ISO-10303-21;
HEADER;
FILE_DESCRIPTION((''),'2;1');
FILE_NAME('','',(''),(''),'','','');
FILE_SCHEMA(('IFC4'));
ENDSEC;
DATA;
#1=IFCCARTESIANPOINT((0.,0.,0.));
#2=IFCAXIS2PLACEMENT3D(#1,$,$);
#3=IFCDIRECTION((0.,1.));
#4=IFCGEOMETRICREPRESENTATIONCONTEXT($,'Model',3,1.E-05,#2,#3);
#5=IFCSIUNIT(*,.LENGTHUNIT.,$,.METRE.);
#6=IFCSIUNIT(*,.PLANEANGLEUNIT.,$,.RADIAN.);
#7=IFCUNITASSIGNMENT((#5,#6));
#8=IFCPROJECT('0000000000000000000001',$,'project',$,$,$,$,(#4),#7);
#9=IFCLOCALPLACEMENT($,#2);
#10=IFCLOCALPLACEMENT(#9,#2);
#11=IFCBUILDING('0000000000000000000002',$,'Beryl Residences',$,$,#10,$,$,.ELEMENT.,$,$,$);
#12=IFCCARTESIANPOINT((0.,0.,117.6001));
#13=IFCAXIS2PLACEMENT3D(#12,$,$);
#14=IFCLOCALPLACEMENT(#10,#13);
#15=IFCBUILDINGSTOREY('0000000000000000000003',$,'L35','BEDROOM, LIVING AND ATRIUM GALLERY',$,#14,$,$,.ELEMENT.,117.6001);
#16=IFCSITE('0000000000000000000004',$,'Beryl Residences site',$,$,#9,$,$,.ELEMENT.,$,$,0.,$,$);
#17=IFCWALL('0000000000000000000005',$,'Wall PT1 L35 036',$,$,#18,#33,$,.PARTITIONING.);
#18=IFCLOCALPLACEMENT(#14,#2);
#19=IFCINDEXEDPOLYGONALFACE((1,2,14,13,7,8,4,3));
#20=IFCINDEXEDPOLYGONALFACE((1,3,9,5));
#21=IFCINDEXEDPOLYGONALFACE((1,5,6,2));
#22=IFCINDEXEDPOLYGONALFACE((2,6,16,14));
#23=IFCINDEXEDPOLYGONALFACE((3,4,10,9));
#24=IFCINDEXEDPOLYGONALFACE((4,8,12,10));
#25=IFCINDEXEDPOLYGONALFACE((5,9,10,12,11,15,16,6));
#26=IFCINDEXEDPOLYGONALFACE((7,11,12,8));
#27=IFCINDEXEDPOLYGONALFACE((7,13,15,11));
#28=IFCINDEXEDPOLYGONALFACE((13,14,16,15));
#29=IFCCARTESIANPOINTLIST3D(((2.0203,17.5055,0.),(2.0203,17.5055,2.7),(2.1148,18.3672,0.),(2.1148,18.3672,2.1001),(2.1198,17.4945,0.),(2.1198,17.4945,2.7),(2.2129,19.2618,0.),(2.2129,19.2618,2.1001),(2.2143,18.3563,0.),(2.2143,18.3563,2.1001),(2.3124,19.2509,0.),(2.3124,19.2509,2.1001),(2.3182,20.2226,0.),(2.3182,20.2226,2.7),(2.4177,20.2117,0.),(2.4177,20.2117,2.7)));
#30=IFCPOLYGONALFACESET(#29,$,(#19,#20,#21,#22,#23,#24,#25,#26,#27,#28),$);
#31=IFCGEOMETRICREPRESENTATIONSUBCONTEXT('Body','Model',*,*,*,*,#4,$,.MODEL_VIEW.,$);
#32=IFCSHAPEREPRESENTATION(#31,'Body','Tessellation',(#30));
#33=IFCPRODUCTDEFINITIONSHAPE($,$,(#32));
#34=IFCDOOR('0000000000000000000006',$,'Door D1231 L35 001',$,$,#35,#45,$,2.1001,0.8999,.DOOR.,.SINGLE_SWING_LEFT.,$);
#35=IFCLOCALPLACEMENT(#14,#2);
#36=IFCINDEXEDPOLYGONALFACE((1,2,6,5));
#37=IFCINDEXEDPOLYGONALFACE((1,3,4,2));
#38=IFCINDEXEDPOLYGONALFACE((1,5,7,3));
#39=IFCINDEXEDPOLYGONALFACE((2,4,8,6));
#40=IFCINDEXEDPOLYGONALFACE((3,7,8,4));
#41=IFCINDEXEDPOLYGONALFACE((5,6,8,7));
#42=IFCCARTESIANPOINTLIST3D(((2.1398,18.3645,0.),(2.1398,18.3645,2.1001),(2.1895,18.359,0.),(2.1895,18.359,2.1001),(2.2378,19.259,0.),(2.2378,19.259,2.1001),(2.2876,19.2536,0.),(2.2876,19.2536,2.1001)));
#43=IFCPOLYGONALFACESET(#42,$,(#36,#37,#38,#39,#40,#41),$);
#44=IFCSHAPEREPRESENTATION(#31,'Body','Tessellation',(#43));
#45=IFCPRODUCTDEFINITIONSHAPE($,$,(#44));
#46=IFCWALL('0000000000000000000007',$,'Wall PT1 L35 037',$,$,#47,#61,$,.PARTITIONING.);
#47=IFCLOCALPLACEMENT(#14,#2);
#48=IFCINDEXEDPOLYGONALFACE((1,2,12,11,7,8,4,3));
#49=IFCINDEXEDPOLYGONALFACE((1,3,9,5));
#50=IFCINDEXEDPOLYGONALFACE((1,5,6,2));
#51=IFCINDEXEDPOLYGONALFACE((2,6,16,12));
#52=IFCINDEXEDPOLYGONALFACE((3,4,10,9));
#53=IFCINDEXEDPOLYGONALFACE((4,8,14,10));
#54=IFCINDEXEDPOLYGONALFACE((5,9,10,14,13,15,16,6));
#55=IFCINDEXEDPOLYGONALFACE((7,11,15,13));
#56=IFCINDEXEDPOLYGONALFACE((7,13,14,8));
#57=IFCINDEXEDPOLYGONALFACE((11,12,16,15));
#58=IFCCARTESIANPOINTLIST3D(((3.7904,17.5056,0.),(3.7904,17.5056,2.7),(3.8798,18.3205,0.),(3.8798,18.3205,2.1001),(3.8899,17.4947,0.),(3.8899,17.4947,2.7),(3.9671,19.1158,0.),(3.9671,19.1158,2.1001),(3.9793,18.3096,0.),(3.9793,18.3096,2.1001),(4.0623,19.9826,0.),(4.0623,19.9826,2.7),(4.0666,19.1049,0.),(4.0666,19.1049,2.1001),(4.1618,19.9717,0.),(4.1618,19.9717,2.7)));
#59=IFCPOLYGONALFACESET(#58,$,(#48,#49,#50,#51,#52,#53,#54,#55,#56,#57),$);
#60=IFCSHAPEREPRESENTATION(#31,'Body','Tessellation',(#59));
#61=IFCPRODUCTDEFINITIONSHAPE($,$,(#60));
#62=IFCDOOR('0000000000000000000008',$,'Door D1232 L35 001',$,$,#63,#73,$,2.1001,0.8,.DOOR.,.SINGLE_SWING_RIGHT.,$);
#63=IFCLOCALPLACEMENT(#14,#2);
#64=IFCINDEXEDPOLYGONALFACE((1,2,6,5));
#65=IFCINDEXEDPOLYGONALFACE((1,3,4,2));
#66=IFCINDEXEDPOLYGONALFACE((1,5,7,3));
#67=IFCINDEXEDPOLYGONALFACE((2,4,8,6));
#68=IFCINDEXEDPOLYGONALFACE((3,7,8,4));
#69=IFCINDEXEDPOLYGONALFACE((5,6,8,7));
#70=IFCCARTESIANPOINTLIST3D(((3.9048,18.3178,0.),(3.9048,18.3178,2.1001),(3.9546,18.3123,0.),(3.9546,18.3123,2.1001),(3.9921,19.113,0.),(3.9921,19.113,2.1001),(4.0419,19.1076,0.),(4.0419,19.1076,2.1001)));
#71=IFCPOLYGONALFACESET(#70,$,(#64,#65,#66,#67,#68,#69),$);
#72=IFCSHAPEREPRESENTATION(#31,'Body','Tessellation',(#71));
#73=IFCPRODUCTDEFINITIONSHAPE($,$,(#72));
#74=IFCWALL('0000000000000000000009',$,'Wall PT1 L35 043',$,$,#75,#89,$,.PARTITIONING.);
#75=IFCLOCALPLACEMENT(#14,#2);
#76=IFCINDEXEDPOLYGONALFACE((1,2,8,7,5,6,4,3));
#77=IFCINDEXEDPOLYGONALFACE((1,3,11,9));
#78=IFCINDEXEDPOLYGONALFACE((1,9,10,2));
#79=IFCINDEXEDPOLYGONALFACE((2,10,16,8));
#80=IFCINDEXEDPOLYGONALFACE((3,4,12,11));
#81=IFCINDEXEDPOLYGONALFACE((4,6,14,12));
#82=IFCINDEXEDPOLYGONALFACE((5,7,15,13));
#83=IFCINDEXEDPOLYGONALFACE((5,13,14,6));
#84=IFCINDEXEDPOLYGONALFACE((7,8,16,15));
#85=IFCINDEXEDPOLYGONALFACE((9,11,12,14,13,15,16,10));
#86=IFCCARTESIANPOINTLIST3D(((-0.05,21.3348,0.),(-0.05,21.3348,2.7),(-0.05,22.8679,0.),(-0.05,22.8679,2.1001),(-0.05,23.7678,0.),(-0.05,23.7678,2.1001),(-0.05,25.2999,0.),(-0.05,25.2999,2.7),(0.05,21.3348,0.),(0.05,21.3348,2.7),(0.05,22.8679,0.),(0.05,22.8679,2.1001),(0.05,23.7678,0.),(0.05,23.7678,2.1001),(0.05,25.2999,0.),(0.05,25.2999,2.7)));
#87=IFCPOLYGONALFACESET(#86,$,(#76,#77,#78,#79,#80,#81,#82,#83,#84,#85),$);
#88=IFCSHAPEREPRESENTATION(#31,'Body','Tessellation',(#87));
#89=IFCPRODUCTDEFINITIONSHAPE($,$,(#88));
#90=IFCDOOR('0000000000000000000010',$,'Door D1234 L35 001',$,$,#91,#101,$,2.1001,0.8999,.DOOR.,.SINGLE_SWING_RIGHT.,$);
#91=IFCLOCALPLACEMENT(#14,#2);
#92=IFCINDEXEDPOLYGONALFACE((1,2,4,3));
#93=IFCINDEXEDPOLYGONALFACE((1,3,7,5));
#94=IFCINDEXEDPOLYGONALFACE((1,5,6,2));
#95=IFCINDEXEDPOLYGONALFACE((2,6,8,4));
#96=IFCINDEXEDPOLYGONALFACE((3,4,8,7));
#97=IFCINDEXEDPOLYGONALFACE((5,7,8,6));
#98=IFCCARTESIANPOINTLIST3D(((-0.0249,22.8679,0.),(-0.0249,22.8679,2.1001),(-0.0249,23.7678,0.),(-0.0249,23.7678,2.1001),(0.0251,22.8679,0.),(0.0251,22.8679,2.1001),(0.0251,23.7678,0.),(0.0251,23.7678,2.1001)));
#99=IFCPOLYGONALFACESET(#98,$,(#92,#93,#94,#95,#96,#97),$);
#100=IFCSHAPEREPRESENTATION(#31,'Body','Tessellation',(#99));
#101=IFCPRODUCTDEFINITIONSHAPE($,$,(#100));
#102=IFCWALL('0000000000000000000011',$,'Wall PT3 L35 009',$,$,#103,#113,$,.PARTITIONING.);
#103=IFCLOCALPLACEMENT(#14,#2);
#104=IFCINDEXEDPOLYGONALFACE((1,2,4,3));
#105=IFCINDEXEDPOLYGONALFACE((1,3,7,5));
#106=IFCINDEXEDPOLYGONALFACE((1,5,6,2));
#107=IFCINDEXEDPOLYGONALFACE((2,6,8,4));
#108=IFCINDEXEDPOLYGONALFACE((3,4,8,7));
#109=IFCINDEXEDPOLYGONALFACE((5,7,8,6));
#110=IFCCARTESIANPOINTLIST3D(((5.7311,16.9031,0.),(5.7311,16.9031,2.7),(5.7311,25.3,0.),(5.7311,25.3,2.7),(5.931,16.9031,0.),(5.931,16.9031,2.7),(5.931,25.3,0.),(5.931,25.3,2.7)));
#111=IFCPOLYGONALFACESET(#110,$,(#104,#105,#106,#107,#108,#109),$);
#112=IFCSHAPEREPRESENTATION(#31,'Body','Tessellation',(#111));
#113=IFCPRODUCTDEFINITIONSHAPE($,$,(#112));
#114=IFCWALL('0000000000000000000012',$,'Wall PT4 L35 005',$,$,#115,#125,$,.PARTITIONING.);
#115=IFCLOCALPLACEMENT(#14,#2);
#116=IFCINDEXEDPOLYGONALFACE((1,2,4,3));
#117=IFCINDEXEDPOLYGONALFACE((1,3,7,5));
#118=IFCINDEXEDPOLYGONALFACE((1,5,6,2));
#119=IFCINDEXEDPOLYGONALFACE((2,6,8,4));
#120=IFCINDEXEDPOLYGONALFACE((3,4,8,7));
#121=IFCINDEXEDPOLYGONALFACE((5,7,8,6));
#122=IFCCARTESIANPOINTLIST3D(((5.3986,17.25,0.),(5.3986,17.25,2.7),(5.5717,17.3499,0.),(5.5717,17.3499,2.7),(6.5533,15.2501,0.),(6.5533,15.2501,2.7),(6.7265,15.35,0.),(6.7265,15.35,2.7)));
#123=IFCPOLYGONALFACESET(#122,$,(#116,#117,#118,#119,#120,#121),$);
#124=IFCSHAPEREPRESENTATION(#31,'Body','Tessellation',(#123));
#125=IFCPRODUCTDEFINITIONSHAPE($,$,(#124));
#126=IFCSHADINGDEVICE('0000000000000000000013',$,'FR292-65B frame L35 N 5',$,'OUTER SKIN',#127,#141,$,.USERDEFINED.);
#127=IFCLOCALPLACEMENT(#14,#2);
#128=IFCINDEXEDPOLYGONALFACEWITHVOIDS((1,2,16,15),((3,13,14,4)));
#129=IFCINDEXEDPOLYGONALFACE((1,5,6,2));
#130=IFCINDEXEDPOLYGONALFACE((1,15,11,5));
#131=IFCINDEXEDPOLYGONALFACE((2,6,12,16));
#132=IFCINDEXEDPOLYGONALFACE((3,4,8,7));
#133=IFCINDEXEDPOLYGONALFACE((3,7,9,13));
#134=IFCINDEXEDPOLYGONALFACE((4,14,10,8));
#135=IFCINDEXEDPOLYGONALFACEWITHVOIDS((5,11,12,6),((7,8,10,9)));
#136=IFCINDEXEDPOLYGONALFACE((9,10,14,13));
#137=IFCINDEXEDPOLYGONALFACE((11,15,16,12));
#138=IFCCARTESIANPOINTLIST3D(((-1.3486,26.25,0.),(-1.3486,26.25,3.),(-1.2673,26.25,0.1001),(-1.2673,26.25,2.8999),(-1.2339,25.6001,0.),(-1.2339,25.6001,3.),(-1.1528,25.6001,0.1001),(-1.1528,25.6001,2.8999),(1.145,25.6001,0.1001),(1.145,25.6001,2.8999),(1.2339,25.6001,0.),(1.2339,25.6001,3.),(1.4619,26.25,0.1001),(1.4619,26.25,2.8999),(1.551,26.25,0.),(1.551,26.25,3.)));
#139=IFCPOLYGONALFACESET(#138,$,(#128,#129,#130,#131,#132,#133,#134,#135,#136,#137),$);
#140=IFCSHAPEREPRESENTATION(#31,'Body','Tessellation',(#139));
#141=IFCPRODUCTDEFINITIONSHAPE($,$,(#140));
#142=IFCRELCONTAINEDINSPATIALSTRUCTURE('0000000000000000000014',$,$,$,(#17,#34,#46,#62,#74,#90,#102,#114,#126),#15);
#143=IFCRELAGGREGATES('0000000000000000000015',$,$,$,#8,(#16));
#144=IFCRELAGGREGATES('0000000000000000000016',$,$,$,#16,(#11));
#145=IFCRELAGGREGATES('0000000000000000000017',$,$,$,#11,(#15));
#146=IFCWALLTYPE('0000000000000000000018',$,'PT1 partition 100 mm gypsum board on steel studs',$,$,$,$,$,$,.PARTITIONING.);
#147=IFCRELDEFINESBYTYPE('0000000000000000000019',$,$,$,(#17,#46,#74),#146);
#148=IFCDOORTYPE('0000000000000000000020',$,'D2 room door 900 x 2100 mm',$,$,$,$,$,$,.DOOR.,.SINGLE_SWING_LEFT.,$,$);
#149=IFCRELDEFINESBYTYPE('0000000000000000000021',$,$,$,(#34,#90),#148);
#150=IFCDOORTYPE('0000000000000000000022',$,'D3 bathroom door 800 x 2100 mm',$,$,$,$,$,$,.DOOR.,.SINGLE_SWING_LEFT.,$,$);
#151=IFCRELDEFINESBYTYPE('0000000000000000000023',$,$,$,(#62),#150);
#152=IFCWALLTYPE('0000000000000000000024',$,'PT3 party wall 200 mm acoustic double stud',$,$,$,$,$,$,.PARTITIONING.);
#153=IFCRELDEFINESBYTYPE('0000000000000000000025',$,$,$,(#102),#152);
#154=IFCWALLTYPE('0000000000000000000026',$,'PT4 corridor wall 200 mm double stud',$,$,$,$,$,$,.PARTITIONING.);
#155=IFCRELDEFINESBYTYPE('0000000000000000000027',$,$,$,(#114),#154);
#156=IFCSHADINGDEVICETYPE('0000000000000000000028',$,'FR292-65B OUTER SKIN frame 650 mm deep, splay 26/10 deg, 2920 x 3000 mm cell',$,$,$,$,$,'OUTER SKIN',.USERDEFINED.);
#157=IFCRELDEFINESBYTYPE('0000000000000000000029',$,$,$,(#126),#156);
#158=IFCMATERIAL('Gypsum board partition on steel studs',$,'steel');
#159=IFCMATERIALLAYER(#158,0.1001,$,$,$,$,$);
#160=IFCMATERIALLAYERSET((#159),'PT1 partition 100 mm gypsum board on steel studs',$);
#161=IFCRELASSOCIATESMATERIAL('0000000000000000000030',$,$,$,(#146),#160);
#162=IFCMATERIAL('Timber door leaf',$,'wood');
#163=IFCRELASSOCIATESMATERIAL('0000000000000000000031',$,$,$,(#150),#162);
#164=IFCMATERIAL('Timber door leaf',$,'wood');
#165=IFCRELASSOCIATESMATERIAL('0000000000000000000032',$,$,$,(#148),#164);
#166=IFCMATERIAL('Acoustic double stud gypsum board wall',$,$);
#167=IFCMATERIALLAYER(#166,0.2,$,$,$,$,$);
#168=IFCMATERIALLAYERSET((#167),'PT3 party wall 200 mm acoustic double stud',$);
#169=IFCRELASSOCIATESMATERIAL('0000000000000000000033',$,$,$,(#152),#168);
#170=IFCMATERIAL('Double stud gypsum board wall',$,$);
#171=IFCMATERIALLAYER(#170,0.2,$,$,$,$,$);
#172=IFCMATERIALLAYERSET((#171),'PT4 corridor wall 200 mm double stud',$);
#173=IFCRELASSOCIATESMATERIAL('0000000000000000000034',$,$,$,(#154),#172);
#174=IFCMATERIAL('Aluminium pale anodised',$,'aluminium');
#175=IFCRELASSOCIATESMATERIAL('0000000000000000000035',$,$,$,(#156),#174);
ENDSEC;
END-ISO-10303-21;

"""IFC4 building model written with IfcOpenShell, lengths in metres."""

from ifc_helpers import new_model, entity, si_unit, direction, frame, frame_2d, origin, place, context, subcontext, project, spatial, rectangle, extrude, source, transform, mapped, material, layer, layer_set, type_object, type_shapes, element, fill, save


model = new_model("IFC4")

# Units and contexts
model_context = context("Model", 3, precision=1e-05, world=origin(), true_north=direction((0.0, 1.0)))
body_context = subcontext(model_context, "Body", "Model", "MODEL_VIEW")
ifc_project = project(units=[si_unit("LENGTHUNIT", "METRE"), si_unit("PLANEANGLEUNIT", "RADIAN")], contexts=[model_context])

# Site, building, storey
site_placement = place(None, origin())
site = spatial("IfcSite", under=ifc_project, at=site_placement, Name="Beryl Residences site", CompositionType="ELEMENT", RefElevation=0.0)
building_placement = place(site_placement, origin())
building = spatial("IfcBuilding", under=site, at=building_placement, Name="Beryl Residences", CompositionType="ELEMENT")
storey_placement = place(building_placement, frame((0.0, 0.0, 117.6001)))
storey = spatial("IfcBuildingStorey", under=building, at=storey_placement, Name="L35", Description="BEDROOM, LIVING AND ATRIUM GALLERY", CompositionType="ELEMENT", Elevation=117.6001)

# Shared definitions
ifc_material_1 = material(Name="Gypsum board partition on steel studs", Category="steel")
ifc_layer_1 = layer(ifc_material_1, 0.1001)
ifc_layer_set_1 = layer_set([ifc_layer_1], Name="PT1 partition 100 mm gypsum board on steel studs")
wall_type_1 = type_object("IfcWallType", Name="PT1 partition 100 mm gypsum board on steel studs", PredefinedType="PARTITIONING", material=ifc_layer_set_1)

# Shared definitions
ifc_material_2 = material(Name="Timber door leaf", Category="wood")
door_type_1 = type_object("IfcDoorType", Name="D3 bathroom door 800 x 2100 mm", OperationType="SINGLE_SWING_LEFT", PredefinedType="DOOR", material=ifc_material_2)

# Walls, openings, doors
wall_1_placement = place(storey_placement, frame((2.0701, 17.5, 0.0), z_axis=(0.0, 0.0, 1.0), x_axis=(0.108971, 0.994045, 0.0)))
wall_1 = element("IfcWall", 1, at=wall_1_placement, inside=storey, type_object=wall_type_1, Name="Wall PT1 L35 036", PredefinedType="PARTITIONING", context=body_context, shape_type="SweptSolid", body=[
    extrude(rectangle(XDim=2.7334, YDim=0.1001, at=frame_2d((1.3667, 0.0))), origin(), (0.0, 0.0, 1.0), 2.7),
])
opening_1_placement = place(wall_1_placement, frame((0.8669, 0.0, 0.0)))
opening_1 = element("IfcOpeningElement", 2, at=opening_1_placement, cuts=wall_1, PredefinedType="OPENING", context=body_context, shape_type="SweptSolid", body=[
    extrude(rectangle(XDim=0.8999, YDim=2.1001, at=frame_2d((0.45, 1.05))), frame((0.0, 0.0601, 0.0), z_axis=(0.0, -1.0, 0.0), x_axis=(1.0, 0.0, 0.0)), (0.0, 0.0, 1.0), 0.1201),
])
ifc_material_3 = material(Name="Timber door leaf", Category="wood")
door_type_2 = type_object("IfcDoorType", Name="D2 room door 900 x 2100 mm", OperationType="SINGLE_SWING_LEFT", PredefinedType="DOOR", material=ifc_material_3)
door_1_placement = place(opening_1_placement, origin())
door_1 = element("IfcDoor", 3, at=door_1_placement, inside=storey, type_object=door_type_2, Name="Door D1231 L35 001", OperationType="SINGLE_SWING_LEFT", OverallHeight=2.1001, OverallWidth=0.8999, PredefinedType="DOOR", context=body_context, shape_type="SweptSolid", body=[
    extrude(rectangle(XDim=0.8999, YDim=2.1001, at=frame_2d((0.45, 1.05))), frame((0.0, 0.0249, 0.0), z_axis=(0.0, -1.0, 0.0), x_axis=(1.0, 0.0, 0.0)), (0.0, 0.0, 1.0), 0.05),
])
fill(opening_1, door_1)
wall_2_placement = place(storey_placement, frame((3.8401, 17.5, 0.0), z_axis=(0.0, 0.0, 1.0), x_axis=(0.109141, 0.994026, 0.0)))
wall_2 = element("IfcWall", 4, at=wall_2_placement, inside=storey, type_object=wall_type_1, Name="Wall PT1 L35 037", PredefinedType="PARTITIONING", context=body_context, shape_type="SweptSolid", body=[
    extrude(rectangle(XDim=2.4919, YDim=0.1001, at=frame_2d((1.2461, 0.0))), origin(), (0.0, 0.0, 1.0), 2.7),
])
opening_2_placement = place(wall_2_placement, frame((0.8201, 0.0, 0.0)))
opening_2 = element("IfcOpeningElement", 5, at=opening_2_placement, cuts=wall_2, PredefinedType="OPENING", context=body_context, shape_type="SweptSolid", body=[
    extrude(rectangle(XDim=0.8, YDim=2.1001, at=frame_2d((0.3999, 1.05))), frame((0.0, 0.0601, 0.0), z_axis=(0.0, -1.0, 0.0), x_axis=(1.0, 0.0, 0.0)), (0.0, 0.0, 1.0), 0.1201),
])
door_2_placement = place(opening_2_placement, origin())
door_2 = element("IfcDoor", 6, at=door_2_placement, inside=storey, type_object=door_type_1, Name="Door D1232 L35 001", OperationType="SINGLE_SWING_RIGHT", OverallHeight=2.1001, OverallWidth=0.8, PredefinedType="DOOR", context=body_context, shape_type="SweptSolid", body=[
    extrude(rectangle(XDim=0.8, YDim=2.1001, at=frame_2d((0.3999, 1.05))), frame((0.0, 0.0249, 0.0), z_axis=(0.0, -1.0, 0.0), x_axis=(1.0, 0.0, 0.0)), (0.0, 0.0, 1.0), 0.05),
])
fill(opening_2, door_2)
wall_3_placement = place(storey_placement, frame((0.0, 21.335, 0.0), z_axis=(0.0, 0.0, 1.0), x_axis=(0.0, 1.0, 0.0)))
wall_3 = element("IfcWall", 7, at=wall_3_placement, inside=storey, type_object=wall_type_1, Name="Wall PT1 L35 043", PredefinedType="PARTITIONING", context=body_context, shape_type="SweptSolid", body=[
    extrude(rectangle(XDim=3.9651, YDim=0.1001, at=frame_2d((1.9824, 0.0))), origin(), (0.0, 0.0, 1.0), 2.7),
])
opening_3_placement = place(wall_3_placement, frame((1.533, 0.0, 0.0)))
opening_3 = element("IfcOpeningElement", 8, at=opening_3_placement, cuts=wall_3, PredefinedType="OPENING", context=body_context, shape_type="SweptSolid", body=[
    extrude(rectangle(XDim=0.8999, YDim=2.1001, at=frame_2d((0.45, 1.05))), frame((0.0, 0.0601, 0.0), z_axis=(0.0, -1.0, 0.0), x_axis=(1.0, 0.0, 0.0)), (0.0, 0.0, 1.0), 0.1201),
])
door_3_placement = place(opening_3_placement, origin())
door_3 = element("IfcDoor", 9, at=door_3_placement, inside=storey, type_object=door_type_2, Name="Door D1234 L35 001", OperationType="SINGLE_SWING_RIGHT", OverallHeight=2.1001, OverallWidth=0.8999, PredefinedType="DOOR", context=body_context, shape_type="SweptSolid", body=[
    extrude(rectangle(XDim=0.8999, YDim=2.1001, at=frame_2d((0.45, 1.05))), frame((0.0, 0.0249, 0.0), z_axis=(0.0, -1.0, 0.0), x_axis=(1.0, 0.0, 0.0)), (0.0, 0.0, 1.0), 0.05),
])
fill(opening_3, door_3)

# Walls
ifc_material_4 = material(Name="Acoustic double stud gypsum board wall")
ifc_layer_2 = layer(ifc_material_4, 0.2)
ifc_layer_set_2 = layer_set([ifc_layer_2], Name="PT3 party wall 200 mm acoustic double stud")
wall_type_2 = type_object("IfcWallType", Name="PT3 party wall 200 mm acoustic double stud", PredefinedType="PARTITIONING", material=ifc_layer_set_2)
wall_4_placement = place(storey_placement, frame((5.8311, 16.9031, 0.0), z_axis=(0.0, 0.0, 1.0), x_axis=(0.0, 1.0, 0.0)))
element("IfcWall", 10, at=wall_4_placement, inside=storey, type_object=wall_type_2, Name="Wall PT3 L35 009", PredefinedType="PARTITIONING", context=body_context, shape_type="SweptSolid", body=[
    extrude(rectangle(XDim=8.397, YDim=0.2, at=frame_2d((4.1985, 0.0))), origin(), (0.0, 0.0, 1.0), 2.7),
])
ifc_material_5 = material(Name="Double stud gypsum board wall")
ifc_layer_3 = layer(ifc_material_5, 0.2)
ifc_layer_set_3 = layer_set([ifc_layer_3], Name="PT4 corridor wall 200 mm double stud")
wall_type_3 = type_object("IfcWallType", Name="PT4 corridor wall 200 mm double stud", PredefinedType="PARTITIONING", material=ifc_layer_set_3)
wall_5_placement = place(storey_placement, frame((5.4851, 17.3, 0.0), z_axis=(0.0, 0.0, 1.0), x_axis=(0.500027, -0.86601, 0.0)))
element("IfcWall", 11, at=wall_5_placement, inside=storey, type_object=wall_type_3, Name="Wall PT4 L35 005", PredefinedType="PARTITIONING", context=body_context, shape_type="SweptSolid", body=[
    extrude(rectangle(XDim=2.3093, YDim=0.2, at=frame_2d((1.1548, 0.0))), origin(), (0.0, 0.0, 1.0), 2.7),
])

# Shading device
ifc_material_6 = material(Name="Aluminium pale anodised", Category="aluminium")
shading_device_type_1 = type_object("IfcShadingDeviceType", Name="FR292-65B OUTER SKIN frame 650 mm deep, splay 26/10 deg, 2920 x 3000 mm cell", ElementType="OUTER SKIN", PredefinedType="USERDEFINED", material=ifc_material_6)
cartesian_point_1 = entity("IfcCartesianPoint", [-1.2339, 0.0])
cartesian_point_2 = entity("IfcCartesianPoint", [-1.145, 0.1001])
cartesian_point_3 = entity("IfcCartesianPoint", [-1.551, 0.0])
cartesian_point_4 = entity("IfcCartesianPoint", [-1.4619, 0.1001])
shared_shape_1 = source(origin(), body_context, "Body", "SweptSolid", [
    entity("IfcExtrudedAreaSolidTapered", entity("IfcArbitraryProfileDefWithVoids", "AREA", None, entity("IfcPolyline", [cartesian_point_1, entity("IfcCartesianPoint", [1.2339, 0.0]), entity("IfcCartesianPoint", [1.2339, 3.0]), entity("IfcCartesianPoint", [-1.2339, 3.0]), cartesian_point_1]), [entity("IfcPolyline", [cartesian_point_2, entity("IfcCartesianPoint", [1.1528, 0.1001]), entity("IfcCartesianPoint", [1.1528, 2.8999]), entity("IfcCartesianPoint", [-1.145, 2.8999]), cartesian_point_2])]), entity("IfcAxis2Placement3D", entity("IfcCartesianPoint", [0.0, 0.0, 0.0]), entity("IfcDirection", [0.0, 1.0, 0.0]), entity("IfcDirection", [-1.0, 0.0, 0.0])), entity("IfcDirection", [0.0, 0.0, 1.0]), 0.6499, entity("IfcArbitraryProfileDefWithVoids", "AREA", None, entity("IfcPolyline", [cartesian_point_3, entity("IfcCartesianPoint", [1.3486, 0.0]), entity("IfcCartesianPoint", [1.3486, 3.0]), entity("IfcCartesianPoint", [-1.551, 3.0]), cartesian_point_3]), [entity("IfcPolyline", [cartesian_point_4, entity("IfcCartesianPoint", [1.2673, 0.1001]), entity("IfcCartesianPoint", [1.2673, 2.8999]), entity("IfcCartesianPoint", [-1.4619, 2.8999]), cartesian_point_4])])),
])
type_shapes(shading_device_type_1, [shared_shape_1])
for number, where, z_axis, x_axis, name in (
    (12, (0.0, 25.6001, 0.0), (0.0, 0.0, 1.0), (1.0, 0.0, 0.0), "FR292-65B frame L35 N 5"),
):
    element("IfcShadingDevice", number, at=place(storey_placement, frame(where, z_axis=z_axis, x_axis=x_axis)), inside=storey, type_object=shading_device_type_1, Name=name, ObjectType="OUTER SKIN", PredefinedType="USERDEFINED", context=body_context, shape_type="MappedRepresentation", body=[
        mapped(shared_shape_1, transform((0.0, 0.0, 0.0))),
    ])

save(model, "model.ifc")
